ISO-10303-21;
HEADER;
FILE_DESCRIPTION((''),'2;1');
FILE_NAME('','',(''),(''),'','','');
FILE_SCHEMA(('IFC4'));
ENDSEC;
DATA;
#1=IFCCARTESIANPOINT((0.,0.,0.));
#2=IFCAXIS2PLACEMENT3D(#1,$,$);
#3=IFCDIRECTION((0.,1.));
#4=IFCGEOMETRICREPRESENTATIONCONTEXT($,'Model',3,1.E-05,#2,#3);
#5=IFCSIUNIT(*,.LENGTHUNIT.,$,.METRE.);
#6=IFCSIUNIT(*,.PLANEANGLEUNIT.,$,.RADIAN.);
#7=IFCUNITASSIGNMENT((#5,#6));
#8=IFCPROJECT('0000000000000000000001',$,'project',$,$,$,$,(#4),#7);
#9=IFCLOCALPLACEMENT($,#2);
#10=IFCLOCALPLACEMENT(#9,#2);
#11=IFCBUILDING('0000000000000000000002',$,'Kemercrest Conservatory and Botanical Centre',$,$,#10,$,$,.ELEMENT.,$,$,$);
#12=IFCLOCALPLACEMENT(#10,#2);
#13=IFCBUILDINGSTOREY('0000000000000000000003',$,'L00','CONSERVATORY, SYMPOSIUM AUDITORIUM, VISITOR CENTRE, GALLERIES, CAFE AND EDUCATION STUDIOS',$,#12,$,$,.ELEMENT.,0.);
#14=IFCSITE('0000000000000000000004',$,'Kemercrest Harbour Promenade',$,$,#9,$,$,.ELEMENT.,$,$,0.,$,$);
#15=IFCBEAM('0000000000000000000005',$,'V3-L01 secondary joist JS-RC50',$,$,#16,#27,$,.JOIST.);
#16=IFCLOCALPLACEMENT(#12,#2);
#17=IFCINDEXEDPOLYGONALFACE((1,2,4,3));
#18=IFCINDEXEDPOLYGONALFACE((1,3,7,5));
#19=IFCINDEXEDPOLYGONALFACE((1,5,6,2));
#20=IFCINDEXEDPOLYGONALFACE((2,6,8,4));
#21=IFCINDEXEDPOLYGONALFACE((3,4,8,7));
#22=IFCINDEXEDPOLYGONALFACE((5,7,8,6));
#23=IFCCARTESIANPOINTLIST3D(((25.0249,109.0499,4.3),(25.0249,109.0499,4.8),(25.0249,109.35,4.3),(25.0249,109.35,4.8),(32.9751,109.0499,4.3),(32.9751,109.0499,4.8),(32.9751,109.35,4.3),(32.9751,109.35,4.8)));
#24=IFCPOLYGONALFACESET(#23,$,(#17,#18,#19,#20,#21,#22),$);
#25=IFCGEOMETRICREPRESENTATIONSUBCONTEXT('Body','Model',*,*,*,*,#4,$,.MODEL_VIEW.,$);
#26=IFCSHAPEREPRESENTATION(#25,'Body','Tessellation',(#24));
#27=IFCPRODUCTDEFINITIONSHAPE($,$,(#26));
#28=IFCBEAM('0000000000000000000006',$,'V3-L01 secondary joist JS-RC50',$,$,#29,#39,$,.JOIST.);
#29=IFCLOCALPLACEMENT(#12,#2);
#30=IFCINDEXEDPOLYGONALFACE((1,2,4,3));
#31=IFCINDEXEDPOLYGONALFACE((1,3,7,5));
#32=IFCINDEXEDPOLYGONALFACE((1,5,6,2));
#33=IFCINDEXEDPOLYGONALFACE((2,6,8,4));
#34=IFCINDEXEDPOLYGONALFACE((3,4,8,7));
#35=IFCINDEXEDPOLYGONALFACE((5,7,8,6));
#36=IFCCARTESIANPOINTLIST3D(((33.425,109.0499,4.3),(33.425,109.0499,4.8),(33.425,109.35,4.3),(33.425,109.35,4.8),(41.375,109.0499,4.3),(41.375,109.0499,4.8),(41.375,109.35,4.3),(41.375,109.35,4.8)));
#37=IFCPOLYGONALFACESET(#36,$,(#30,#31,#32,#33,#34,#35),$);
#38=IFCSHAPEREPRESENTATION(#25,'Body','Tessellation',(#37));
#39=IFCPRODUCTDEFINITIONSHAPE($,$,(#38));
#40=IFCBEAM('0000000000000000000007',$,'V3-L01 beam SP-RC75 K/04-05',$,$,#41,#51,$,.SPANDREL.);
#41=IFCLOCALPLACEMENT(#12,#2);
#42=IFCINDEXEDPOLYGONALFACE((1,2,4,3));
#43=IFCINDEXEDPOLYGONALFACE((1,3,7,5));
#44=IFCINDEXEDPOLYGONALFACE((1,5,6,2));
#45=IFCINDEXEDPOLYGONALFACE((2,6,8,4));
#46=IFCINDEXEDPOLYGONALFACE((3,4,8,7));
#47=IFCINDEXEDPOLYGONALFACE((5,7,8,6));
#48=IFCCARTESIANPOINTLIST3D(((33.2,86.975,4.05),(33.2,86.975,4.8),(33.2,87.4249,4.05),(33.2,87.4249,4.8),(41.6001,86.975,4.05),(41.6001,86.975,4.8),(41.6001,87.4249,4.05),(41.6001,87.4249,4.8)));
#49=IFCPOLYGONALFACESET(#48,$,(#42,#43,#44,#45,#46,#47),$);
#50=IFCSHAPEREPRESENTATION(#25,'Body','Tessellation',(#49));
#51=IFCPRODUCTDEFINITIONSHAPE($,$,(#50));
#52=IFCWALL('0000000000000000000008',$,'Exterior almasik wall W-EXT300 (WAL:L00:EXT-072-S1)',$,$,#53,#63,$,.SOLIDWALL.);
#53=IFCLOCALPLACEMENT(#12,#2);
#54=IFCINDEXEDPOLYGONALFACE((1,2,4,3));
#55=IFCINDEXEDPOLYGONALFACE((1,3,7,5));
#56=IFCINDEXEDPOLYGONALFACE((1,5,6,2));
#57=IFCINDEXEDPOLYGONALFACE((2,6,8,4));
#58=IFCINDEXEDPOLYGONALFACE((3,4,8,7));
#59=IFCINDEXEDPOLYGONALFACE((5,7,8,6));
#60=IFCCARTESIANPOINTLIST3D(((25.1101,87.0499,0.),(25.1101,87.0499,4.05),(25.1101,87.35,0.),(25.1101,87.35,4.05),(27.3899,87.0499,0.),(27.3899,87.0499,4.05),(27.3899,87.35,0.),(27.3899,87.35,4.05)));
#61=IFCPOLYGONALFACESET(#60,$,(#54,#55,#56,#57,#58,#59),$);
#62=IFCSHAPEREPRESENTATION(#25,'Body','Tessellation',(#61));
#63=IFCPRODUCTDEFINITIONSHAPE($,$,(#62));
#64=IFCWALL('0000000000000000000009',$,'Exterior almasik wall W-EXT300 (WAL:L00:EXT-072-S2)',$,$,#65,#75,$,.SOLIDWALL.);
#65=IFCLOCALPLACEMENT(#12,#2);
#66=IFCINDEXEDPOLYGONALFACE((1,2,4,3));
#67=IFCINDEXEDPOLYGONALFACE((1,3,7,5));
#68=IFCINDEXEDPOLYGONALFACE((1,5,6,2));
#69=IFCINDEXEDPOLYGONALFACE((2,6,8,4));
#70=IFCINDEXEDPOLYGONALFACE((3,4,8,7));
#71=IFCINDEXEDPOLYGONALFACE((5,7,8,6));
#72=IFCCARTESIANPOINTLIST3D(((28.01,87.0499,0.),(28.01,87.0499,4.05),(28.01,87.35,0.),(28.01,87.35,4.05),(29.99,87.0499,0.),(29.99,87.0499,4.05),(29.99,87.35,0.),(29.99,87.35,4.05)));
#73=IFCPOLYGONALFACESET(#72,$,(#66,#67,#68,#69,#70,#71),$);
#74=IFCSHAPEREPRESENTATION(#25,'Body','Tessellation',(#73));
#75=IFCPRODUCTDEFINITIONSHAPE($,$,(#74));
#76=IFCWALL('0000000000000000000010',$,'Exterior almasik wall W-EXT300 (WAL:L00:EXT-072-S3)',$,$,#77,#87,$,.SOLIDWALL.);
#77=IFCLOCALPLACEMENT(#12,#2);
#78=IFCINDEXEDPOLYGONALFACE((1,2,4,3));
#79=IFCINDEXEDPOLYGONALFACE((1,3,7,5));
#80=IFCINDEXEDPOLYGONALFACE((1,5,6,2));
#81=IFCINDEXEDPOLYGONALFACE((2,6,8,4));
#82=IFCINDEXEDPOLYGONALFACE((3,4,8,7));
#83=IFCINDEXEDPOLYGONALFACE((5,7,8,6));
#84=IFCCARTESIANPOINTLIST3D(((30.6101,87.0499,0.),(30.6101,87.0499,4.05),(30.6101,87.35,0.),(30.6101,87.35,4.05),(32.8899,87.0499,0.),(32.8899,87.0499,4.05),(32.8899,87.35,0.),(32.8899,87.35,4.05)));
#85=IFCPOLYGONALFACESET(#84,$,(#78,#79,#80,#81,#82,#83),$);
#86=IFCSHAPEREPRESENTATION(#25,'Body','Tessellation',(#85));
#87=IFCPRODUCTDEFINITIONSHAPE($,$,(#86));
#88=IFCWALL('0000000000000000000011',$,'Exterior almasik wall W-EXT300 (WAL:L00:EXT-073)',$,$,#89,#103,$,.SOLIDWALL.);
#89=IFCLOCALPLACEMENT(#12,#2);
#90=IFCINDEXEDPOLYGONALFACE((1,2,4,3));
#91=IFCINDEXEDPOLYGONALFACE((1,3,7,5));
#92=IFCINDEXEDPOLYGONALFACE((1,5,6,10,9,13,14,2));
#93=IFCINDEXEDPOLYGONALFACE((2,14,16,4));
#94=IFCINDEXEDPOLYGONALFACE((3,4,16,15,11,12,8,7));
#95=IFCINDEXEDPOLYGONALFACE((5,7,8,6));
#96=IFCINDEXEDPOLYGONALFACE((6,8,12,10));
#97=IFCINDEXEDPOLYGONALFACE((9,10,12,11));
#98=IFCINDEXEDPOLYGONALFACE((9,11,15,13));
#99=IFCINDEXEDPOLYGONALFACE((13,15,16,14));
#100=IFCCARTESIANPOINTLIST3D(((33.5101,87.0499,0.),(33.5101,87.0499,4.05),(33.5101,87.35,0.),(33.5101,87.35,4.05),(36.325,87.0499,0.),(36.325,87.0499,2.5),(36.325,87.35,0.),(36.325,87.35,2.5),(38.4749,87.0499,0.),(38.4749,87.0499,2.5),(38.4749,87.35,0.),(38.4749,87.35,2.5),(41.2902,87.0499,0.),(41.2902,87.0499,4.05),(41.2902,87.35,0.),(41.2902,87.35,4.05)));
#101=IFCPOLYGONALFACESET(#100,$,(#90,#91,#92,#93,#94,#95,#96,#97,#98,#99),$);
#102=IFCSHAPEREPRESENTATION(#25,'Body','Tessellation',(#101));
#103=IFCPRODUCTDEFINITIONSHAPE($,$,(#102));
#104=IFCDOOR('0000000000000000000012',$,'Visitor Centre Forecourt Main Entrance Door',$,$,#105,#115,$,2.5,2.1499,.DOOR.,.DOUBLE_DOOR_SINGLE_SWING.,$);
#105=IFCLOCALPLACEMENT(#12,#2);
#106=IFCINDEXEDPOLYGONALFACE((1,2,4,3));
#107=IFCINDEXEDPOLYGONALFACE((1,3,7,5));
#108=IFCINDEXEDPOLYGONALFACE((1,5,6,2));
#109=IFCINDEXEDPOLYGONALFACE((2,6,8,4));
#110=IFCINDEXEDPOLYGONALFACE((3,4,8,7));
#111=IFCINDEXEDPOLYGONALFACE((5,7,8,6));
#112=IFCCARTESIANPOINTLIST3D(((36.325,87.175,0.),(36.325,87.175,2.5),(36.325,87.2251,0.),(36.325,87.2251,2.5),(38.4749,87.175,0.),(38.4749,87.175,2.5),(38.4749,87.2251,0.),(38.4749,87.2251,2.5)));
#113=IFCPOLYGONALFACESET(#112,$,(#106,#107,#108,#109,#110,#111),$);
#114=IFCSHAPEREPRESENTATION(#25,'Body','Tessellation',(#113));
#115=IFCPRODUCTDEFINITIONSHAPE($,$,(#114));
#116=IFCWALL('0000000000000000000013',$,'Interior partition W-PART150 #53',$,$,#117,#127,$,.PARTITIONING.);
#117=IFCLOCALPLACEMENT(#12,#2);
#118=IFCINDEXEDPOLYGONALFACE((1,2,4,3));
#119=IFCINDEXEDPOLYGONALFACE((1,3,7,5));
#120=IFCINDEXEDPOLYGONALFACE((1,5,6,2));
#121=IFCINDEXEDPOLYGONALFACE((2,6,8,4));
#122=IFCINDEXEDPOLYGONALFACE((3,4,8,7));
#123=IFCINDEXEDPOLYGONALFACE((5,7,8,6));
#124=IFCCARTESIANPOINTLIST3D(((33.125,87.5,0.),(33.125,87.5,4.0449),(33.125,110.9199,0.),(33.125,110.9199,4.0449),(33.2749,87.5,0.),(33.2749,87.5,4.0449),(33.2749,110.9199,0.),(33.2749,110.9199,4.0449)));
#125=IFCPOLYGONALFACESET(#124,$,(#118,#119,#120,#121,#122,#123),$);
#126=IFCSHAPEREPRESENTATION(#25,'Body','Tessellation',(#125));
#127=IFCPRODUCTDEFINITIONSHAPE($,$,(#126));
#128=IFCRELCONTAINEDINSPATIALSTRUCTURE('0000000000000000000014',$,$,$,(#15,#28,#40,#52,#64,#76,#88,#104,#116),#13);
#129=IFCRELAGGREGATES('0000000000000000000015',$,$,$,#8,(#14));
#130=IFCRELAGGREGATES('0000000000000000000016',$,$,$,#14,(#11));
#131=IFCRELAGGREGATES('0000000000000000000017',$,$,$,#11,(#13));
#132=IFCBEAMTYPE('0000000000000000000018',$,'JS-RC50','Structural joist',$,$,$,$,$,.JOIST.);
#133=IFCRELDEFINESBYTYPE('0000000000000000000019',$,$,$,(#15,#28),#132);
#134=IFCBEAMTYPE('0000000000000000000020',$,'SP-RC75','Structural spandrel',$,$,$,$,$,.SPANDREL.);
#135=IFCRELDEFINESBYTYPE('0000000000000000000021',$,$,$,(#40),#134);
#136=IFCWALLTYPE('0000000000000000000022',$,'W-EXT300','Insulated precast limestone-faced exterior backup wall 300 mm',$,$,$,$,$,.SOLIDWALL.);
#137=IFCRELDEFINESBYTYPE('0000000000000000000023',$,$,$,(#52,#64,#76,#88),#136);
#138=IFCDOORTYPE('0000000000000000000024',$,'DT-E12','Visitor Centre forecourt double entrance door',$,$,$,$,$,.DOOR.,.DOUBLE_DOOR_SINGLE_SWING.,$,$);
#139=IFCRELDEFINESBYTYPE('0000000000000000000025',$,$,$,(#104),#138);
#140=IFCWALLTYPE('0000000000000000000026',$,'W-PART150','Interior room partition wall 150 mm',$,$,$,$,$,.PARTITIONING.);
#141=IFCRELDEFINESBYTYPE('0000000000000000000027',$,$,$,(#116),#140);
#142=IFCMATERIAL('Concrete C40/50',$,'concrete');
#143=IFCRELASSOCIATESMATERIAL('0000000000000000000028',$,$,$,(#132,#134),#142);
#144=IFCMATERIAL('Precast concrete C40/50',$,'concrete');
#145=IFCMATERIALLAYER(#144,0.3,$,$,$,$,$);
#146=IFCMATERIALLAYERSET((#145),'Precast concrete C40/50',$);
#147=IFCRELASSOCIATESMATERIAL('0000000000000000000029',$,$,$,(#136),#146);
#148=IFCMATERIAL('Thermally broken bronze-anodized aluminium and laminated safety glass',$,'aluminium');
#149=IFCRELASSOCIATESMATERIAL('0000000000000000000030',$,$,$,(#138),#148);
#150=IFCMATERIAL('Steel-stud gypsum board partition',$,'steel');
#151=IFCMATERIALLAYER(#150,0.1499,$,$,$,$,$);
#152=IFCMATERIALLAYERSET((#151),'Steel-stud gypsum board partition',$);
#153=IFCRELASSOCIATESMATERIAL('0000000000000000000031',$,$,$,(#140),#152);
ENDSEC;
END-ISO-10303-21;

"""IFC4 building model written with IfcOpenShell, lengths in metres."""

from ifc_helpers import new_model, si_unit, direction, frame, frame_2d, origin, origin_2d, place, context, subcontext, project, spatial, rectangle, extrude, material, layer, layer_set, material_profile, profile_set, type_object, element, fill, save


model = new_model("IFC4")

# Units and contexts
model_context = context("Model", 3, precision=1e-05, world=origin(), true_north=direction((0.0, 1.0)))
body_context = subcontext(model_context, "Body", "Model", "MODEL_VIEW")
ifc_project = project(units=[si_unit("LENGTHUNIT", "METRE"), si_unit("PLANEANGLEUNIT", "RADIAN")], contexts=[model_context])

# Site, building, storey
site_placement = place(None, origin())
site = spatial("IfcSite", under=ifc_project, at=site_placement, Name="Kemercrest Harbour Promenade", CompositionType="ELEMENT", RefElevation=0.0)
building_placement = place(site_placement, origin())
building = spatial("IfcBuilding", under=site, at=building_placement, Name="Kemercrest Conservatory and Botanical Centre", CompositionType="ELEMENT")
storey_placement = place(building_placement, origin())
storey = spatial("IfcBuildingStorey", under=building, at=storey_placement, Name="L00", Description="CONSERVATORY, SYMPOSIUM AUDITORIUM, VISITOR CENTRE, GALLERIES, CAFE AND EDUCATION STUDIOS", CompositionType="ELEMENT", Elevation=0.0)

# Shared definitions
ifc_material_1 = material(Name="Concrete C40/50", Category="concrete")

# Beams
ifc_material_profile_1 = material_profile(ifc_material_1, rectangle(XDim=0.3, YDim=0.5, at=origin_2d()), Name="RC 300x500")
ifc_profile_set_1 = profile_set([ifc_material_profile_1], Name="Concrete C40/50")
beam_type_1 = type_object("IfcBeamType", Name="JS-RC50", Description="Structural joist", PredefinedType="JOIST", material=ifc_profile_set_1)
beam_1_placement = place(storey_placement, frame((25.0249, 109.2, 4.55), z_axis=(1.0, 0.0, 0.0), x_axis=(0.0, 1.0, 0.0)))
element("IfcBeam", 1, at=beam_1_placement, inside=storey, type_object=beam_type_1, Name="V3-L01 secondary joist JS-RC50", PredefinedType="JOIST", context=body_context, shape_type="SweptSolid", body=[
    extrude(rectangle(XDim=0.3, YDim=0.5, at=origin_2d()), origin(), (0.0, 0.0, 1.0), 7.9502),
])
beam_2_placement = place(storey_placement, frame((33.425, 109.2, 4.55), z_axis=(1.0, 0.0, 0.0), x_axis=(0.0, 1.0, 0.0)))
element("IfcBeam", 2, at=beam_2_placement, inside=storey, type_object=beam_type_1, Name="V3-L01 secondary joist JS-RC50", PredefinedType="JOIST", context=body_context, shape_type="SweptSolid", body=[
    extrude(rectangle(XDim=0.3, YDim=0.5, at=origin_2d()), origin(), (0.0, 0.0, 1.0), 7.95),
])
ifc_material_profile_2 = material_profile(ifc_material_1, rectangle(XDim=0.45, YDim=0.75, at=origin_2d()), Name="RC 450x750")
ifc_profile_set_2 = profile_set([ifc_material_profile_2], Name="Concrete C40/50")
beam_type_2 = type_object("IfcBeamType", Name="SP-RC75", Description="Structural spandrel", PredefinedType="SPANDREL", material=ifc_profile_set_2)
beam_3_placement = place(storey_placement, frame((33.2, 87.2, 4.425), z_axis=(1.0, 0.0, 0.0), x_axis=(0.0, 1.0, 0.0)))
element("IfcBeam", 3, at=beam_3_placement, inside=storey, type_object=beam_type_2, Name="V3-L01 beam SP-RC75 K/04-05", PredefinedType="SPANDREL", context=body_context, shape_type="SweptSolid", body=[
    extrude(rectangle(XDim=0.45, YDim=0.75, at=origin_2d()), origin(), (0.0, 0.0, 1.0), 8.4001),
])

# Walls
ifc_material_2 = material(Name="Precast concrete C40/50", Category="concrete")
ifc_layer_1 = layer(ifc_material_2, 0.3)
ifc_layer_set_1 = layer_set([ifc_layer_1], Name="Precast concrete C40/50")
wall_type_1 = type_object("IfcWallType", Name="W-EXT300", Description="Insulated precast limestone-faced exterior backup wall 300 mm", PredefinedType="SOLIDWALL", material=ifc_layer_set_1)
wall_1_placement = place(storey_placement, frame((25.1101, 87.2, 0.0), z_axis=(0.0, 0.0, 1.0), x_axis=(1.0, 0.0, 0.0)))
element("IfcWall", 4, at=wall_1_placement, inside=storey, type_object=wall_type_1, Name="Exterior almasik wall W-EXT300 (WAL:L00:EXT-072-S1)", PredefinedType="SOLIDWALL", context=body_context, shape_type="SweptSolid", body=[
    extrude(rectangle(XDim=2.2798, YDim=0.3, at=frame_2d((1.1399, 0.0))), origin(), (0.0, 0.0, 1.0), 4.05),
])
wall_2_placement = place(storey_placement, frame((28.01, 87.2, 0.0), z_axis=(0.0, 0.0, 1.0), x_axis=(1.0, 0.0, 0.0)))
element("IfcWall", 5, at=wall_2_placement, inside=storey, type_object=wall_type_1, Name="Exterior almasik wall W-EXT300 (WAL:L00:EXT-072-S2)", PredefinedType="SOLIDWALL", context=body_context, shape_type="SweptSolid", body=[
    extrude(rectangle(XDim=1.98, YDim=0.3, at=frame_2d((0.99, 0.0))), origin(), (0.0, 0.0, 1.0), 4.05),
])
wall_3_placement = place(storey_placement, frame((30.6101, 87.2, 0.0), z_axis=(0.0, 0.0, 1.0), x_axis=(1.0, 0.0, 0.0)))
element("IfcWall", 6, at=wall_3_placement, inside=storey, type_object=wall_type_1, Name="Exterior almasik wall W-EXT300 (WAL:L00:EXT-072-S3)", PredefinedType="SOLIDWALL", context=body_context, shape_type="SweptSolid", body=[
    extrude(rectangle(XDim=2.2798, YDim=0.3, at=frame_2d((1.1399, 0.0))), origin(), (0.0, 0.0, 1.0), 4.05),
])

# Wall, opening, door
wall_4_placement = place(storey_placement, frame((33.51, 87.2, 0.0), z_axis=(0.0, 0.0, 1.0), x_axis=(1.0, 0.0, 0.0)))
wall_4 = element("IfcWall", 7, at=wall_4_placement, inside=storey, type_object=wall_type_1, Name="Exterior almasik wall W-EXT300 (WAL:L00:EXT-073)", PredefinedType="SOLIDWALL", context=body_context, shape_type="SweptSolid", body=[
    extrude(rectangle(XDim=7.78, YDim=0.3, at=frame_2d((3.8901, 0.0))), origin(), (0.0, 0.0, 1.0), 4.05),
])
opening_placement = place(wall_4_placement, frame((2.8149, 0.0, 0.0)))
opening = element("IfcOpeningElement", 8, at=opening_placement, cuts=wall_4, PredefinedType="OPENING", context=body_context, shape_type="SweptSolid", body=[
    extrude(rectangle(XDim=2.1499, YDim=2.5, at=frame_2d((1.075, 1.25))), frame((0.0, 0.1602, 0.0), z_axis=(0.0, -1.0, 0.0), x_axis=(1.0, 0.0, 0.0)), (0.0, 0.0, 1.0), 0.3201),
])
ifc_material_3 = material(Name="Thermally broken bronze-anodized aluminium and laminated safety glass", Category="aluminium")
door_type = type_object("IfcDoorType", Name="DT-E12", Description="Visitor Centre forecourt double entrance door", OperationType="DOUBLE_DOOR_SINGLE_SWING", PredefinedType="DOOR", material=ifc_material_3)
door_placement = place(opening_placement, frame((2.1499, 0.0, 0.0), z_axis=(0.0, 0.0, 1.0), x_axis=(-1.0, 0.0, 0.0)))
door = element("IfcDoor", 9, at=door_placement, inside=storey, type_object=door_type, Name="Visitor Centre Forecourt Main Entrance Door", OperationType="DOUBLE_DOOR_SINGLE_SWING", OverallHeight=2.5, OverallWidth=2.1499, PredefinedType="DOOR", context=body_context, shape_type="SweptSolid", body=[
    extrude(rectangle(XDim=2.1499, YDim=2.5, at=frame_2d((1.075, 1.25))), frame((0.0, 0.0249, 0.0), z_axis=(0.0, -1.0, 0.0), x_axis=(1.0, 0.0, 0.0)), (0.0, 0.0, 1.0), 0.05),
])
fill(opening, door)

# Wall
ifc_material_4 = material(Name="Steel-stud gypsum board partition", Category="steel")
ifc_layer_2 = layer(ifc_material_4, 0.1499)
ifc_layer_set_2 = layer_set([ifc_layer_2], Name="Steel-stud gypsum board partition")
wall_type_2 = type_object("IfcWallType", Name="W-PART150", Description="Interior room partition wall 150 mm", PredefinedType="PARTITIONING", material=ifc_layer_set_2)
wall_5_placement = place(storey_placement, frame((33.2, 87.5, 0.0), z_axis=(0.0, 0.0, 1.0), x_axis=(0.0, 1.0, 0.0)))
element("IfcWall", 10, at=wall_5_placement, inside=storey, type_object=wall_type_2, Name="Interior partition W-PART150 #53", PredefinedType="PARTITIONING", context=body_context, shape_type="SweptSolid", body=[
    extrude(rectangle(XDim=23.4199, YDim=0.1499, at=frame_2d((11.71, 0.0))), origin(), (0.0, 0.0, 1.0), 4.0449),
])

save(model, "model.ifc")
